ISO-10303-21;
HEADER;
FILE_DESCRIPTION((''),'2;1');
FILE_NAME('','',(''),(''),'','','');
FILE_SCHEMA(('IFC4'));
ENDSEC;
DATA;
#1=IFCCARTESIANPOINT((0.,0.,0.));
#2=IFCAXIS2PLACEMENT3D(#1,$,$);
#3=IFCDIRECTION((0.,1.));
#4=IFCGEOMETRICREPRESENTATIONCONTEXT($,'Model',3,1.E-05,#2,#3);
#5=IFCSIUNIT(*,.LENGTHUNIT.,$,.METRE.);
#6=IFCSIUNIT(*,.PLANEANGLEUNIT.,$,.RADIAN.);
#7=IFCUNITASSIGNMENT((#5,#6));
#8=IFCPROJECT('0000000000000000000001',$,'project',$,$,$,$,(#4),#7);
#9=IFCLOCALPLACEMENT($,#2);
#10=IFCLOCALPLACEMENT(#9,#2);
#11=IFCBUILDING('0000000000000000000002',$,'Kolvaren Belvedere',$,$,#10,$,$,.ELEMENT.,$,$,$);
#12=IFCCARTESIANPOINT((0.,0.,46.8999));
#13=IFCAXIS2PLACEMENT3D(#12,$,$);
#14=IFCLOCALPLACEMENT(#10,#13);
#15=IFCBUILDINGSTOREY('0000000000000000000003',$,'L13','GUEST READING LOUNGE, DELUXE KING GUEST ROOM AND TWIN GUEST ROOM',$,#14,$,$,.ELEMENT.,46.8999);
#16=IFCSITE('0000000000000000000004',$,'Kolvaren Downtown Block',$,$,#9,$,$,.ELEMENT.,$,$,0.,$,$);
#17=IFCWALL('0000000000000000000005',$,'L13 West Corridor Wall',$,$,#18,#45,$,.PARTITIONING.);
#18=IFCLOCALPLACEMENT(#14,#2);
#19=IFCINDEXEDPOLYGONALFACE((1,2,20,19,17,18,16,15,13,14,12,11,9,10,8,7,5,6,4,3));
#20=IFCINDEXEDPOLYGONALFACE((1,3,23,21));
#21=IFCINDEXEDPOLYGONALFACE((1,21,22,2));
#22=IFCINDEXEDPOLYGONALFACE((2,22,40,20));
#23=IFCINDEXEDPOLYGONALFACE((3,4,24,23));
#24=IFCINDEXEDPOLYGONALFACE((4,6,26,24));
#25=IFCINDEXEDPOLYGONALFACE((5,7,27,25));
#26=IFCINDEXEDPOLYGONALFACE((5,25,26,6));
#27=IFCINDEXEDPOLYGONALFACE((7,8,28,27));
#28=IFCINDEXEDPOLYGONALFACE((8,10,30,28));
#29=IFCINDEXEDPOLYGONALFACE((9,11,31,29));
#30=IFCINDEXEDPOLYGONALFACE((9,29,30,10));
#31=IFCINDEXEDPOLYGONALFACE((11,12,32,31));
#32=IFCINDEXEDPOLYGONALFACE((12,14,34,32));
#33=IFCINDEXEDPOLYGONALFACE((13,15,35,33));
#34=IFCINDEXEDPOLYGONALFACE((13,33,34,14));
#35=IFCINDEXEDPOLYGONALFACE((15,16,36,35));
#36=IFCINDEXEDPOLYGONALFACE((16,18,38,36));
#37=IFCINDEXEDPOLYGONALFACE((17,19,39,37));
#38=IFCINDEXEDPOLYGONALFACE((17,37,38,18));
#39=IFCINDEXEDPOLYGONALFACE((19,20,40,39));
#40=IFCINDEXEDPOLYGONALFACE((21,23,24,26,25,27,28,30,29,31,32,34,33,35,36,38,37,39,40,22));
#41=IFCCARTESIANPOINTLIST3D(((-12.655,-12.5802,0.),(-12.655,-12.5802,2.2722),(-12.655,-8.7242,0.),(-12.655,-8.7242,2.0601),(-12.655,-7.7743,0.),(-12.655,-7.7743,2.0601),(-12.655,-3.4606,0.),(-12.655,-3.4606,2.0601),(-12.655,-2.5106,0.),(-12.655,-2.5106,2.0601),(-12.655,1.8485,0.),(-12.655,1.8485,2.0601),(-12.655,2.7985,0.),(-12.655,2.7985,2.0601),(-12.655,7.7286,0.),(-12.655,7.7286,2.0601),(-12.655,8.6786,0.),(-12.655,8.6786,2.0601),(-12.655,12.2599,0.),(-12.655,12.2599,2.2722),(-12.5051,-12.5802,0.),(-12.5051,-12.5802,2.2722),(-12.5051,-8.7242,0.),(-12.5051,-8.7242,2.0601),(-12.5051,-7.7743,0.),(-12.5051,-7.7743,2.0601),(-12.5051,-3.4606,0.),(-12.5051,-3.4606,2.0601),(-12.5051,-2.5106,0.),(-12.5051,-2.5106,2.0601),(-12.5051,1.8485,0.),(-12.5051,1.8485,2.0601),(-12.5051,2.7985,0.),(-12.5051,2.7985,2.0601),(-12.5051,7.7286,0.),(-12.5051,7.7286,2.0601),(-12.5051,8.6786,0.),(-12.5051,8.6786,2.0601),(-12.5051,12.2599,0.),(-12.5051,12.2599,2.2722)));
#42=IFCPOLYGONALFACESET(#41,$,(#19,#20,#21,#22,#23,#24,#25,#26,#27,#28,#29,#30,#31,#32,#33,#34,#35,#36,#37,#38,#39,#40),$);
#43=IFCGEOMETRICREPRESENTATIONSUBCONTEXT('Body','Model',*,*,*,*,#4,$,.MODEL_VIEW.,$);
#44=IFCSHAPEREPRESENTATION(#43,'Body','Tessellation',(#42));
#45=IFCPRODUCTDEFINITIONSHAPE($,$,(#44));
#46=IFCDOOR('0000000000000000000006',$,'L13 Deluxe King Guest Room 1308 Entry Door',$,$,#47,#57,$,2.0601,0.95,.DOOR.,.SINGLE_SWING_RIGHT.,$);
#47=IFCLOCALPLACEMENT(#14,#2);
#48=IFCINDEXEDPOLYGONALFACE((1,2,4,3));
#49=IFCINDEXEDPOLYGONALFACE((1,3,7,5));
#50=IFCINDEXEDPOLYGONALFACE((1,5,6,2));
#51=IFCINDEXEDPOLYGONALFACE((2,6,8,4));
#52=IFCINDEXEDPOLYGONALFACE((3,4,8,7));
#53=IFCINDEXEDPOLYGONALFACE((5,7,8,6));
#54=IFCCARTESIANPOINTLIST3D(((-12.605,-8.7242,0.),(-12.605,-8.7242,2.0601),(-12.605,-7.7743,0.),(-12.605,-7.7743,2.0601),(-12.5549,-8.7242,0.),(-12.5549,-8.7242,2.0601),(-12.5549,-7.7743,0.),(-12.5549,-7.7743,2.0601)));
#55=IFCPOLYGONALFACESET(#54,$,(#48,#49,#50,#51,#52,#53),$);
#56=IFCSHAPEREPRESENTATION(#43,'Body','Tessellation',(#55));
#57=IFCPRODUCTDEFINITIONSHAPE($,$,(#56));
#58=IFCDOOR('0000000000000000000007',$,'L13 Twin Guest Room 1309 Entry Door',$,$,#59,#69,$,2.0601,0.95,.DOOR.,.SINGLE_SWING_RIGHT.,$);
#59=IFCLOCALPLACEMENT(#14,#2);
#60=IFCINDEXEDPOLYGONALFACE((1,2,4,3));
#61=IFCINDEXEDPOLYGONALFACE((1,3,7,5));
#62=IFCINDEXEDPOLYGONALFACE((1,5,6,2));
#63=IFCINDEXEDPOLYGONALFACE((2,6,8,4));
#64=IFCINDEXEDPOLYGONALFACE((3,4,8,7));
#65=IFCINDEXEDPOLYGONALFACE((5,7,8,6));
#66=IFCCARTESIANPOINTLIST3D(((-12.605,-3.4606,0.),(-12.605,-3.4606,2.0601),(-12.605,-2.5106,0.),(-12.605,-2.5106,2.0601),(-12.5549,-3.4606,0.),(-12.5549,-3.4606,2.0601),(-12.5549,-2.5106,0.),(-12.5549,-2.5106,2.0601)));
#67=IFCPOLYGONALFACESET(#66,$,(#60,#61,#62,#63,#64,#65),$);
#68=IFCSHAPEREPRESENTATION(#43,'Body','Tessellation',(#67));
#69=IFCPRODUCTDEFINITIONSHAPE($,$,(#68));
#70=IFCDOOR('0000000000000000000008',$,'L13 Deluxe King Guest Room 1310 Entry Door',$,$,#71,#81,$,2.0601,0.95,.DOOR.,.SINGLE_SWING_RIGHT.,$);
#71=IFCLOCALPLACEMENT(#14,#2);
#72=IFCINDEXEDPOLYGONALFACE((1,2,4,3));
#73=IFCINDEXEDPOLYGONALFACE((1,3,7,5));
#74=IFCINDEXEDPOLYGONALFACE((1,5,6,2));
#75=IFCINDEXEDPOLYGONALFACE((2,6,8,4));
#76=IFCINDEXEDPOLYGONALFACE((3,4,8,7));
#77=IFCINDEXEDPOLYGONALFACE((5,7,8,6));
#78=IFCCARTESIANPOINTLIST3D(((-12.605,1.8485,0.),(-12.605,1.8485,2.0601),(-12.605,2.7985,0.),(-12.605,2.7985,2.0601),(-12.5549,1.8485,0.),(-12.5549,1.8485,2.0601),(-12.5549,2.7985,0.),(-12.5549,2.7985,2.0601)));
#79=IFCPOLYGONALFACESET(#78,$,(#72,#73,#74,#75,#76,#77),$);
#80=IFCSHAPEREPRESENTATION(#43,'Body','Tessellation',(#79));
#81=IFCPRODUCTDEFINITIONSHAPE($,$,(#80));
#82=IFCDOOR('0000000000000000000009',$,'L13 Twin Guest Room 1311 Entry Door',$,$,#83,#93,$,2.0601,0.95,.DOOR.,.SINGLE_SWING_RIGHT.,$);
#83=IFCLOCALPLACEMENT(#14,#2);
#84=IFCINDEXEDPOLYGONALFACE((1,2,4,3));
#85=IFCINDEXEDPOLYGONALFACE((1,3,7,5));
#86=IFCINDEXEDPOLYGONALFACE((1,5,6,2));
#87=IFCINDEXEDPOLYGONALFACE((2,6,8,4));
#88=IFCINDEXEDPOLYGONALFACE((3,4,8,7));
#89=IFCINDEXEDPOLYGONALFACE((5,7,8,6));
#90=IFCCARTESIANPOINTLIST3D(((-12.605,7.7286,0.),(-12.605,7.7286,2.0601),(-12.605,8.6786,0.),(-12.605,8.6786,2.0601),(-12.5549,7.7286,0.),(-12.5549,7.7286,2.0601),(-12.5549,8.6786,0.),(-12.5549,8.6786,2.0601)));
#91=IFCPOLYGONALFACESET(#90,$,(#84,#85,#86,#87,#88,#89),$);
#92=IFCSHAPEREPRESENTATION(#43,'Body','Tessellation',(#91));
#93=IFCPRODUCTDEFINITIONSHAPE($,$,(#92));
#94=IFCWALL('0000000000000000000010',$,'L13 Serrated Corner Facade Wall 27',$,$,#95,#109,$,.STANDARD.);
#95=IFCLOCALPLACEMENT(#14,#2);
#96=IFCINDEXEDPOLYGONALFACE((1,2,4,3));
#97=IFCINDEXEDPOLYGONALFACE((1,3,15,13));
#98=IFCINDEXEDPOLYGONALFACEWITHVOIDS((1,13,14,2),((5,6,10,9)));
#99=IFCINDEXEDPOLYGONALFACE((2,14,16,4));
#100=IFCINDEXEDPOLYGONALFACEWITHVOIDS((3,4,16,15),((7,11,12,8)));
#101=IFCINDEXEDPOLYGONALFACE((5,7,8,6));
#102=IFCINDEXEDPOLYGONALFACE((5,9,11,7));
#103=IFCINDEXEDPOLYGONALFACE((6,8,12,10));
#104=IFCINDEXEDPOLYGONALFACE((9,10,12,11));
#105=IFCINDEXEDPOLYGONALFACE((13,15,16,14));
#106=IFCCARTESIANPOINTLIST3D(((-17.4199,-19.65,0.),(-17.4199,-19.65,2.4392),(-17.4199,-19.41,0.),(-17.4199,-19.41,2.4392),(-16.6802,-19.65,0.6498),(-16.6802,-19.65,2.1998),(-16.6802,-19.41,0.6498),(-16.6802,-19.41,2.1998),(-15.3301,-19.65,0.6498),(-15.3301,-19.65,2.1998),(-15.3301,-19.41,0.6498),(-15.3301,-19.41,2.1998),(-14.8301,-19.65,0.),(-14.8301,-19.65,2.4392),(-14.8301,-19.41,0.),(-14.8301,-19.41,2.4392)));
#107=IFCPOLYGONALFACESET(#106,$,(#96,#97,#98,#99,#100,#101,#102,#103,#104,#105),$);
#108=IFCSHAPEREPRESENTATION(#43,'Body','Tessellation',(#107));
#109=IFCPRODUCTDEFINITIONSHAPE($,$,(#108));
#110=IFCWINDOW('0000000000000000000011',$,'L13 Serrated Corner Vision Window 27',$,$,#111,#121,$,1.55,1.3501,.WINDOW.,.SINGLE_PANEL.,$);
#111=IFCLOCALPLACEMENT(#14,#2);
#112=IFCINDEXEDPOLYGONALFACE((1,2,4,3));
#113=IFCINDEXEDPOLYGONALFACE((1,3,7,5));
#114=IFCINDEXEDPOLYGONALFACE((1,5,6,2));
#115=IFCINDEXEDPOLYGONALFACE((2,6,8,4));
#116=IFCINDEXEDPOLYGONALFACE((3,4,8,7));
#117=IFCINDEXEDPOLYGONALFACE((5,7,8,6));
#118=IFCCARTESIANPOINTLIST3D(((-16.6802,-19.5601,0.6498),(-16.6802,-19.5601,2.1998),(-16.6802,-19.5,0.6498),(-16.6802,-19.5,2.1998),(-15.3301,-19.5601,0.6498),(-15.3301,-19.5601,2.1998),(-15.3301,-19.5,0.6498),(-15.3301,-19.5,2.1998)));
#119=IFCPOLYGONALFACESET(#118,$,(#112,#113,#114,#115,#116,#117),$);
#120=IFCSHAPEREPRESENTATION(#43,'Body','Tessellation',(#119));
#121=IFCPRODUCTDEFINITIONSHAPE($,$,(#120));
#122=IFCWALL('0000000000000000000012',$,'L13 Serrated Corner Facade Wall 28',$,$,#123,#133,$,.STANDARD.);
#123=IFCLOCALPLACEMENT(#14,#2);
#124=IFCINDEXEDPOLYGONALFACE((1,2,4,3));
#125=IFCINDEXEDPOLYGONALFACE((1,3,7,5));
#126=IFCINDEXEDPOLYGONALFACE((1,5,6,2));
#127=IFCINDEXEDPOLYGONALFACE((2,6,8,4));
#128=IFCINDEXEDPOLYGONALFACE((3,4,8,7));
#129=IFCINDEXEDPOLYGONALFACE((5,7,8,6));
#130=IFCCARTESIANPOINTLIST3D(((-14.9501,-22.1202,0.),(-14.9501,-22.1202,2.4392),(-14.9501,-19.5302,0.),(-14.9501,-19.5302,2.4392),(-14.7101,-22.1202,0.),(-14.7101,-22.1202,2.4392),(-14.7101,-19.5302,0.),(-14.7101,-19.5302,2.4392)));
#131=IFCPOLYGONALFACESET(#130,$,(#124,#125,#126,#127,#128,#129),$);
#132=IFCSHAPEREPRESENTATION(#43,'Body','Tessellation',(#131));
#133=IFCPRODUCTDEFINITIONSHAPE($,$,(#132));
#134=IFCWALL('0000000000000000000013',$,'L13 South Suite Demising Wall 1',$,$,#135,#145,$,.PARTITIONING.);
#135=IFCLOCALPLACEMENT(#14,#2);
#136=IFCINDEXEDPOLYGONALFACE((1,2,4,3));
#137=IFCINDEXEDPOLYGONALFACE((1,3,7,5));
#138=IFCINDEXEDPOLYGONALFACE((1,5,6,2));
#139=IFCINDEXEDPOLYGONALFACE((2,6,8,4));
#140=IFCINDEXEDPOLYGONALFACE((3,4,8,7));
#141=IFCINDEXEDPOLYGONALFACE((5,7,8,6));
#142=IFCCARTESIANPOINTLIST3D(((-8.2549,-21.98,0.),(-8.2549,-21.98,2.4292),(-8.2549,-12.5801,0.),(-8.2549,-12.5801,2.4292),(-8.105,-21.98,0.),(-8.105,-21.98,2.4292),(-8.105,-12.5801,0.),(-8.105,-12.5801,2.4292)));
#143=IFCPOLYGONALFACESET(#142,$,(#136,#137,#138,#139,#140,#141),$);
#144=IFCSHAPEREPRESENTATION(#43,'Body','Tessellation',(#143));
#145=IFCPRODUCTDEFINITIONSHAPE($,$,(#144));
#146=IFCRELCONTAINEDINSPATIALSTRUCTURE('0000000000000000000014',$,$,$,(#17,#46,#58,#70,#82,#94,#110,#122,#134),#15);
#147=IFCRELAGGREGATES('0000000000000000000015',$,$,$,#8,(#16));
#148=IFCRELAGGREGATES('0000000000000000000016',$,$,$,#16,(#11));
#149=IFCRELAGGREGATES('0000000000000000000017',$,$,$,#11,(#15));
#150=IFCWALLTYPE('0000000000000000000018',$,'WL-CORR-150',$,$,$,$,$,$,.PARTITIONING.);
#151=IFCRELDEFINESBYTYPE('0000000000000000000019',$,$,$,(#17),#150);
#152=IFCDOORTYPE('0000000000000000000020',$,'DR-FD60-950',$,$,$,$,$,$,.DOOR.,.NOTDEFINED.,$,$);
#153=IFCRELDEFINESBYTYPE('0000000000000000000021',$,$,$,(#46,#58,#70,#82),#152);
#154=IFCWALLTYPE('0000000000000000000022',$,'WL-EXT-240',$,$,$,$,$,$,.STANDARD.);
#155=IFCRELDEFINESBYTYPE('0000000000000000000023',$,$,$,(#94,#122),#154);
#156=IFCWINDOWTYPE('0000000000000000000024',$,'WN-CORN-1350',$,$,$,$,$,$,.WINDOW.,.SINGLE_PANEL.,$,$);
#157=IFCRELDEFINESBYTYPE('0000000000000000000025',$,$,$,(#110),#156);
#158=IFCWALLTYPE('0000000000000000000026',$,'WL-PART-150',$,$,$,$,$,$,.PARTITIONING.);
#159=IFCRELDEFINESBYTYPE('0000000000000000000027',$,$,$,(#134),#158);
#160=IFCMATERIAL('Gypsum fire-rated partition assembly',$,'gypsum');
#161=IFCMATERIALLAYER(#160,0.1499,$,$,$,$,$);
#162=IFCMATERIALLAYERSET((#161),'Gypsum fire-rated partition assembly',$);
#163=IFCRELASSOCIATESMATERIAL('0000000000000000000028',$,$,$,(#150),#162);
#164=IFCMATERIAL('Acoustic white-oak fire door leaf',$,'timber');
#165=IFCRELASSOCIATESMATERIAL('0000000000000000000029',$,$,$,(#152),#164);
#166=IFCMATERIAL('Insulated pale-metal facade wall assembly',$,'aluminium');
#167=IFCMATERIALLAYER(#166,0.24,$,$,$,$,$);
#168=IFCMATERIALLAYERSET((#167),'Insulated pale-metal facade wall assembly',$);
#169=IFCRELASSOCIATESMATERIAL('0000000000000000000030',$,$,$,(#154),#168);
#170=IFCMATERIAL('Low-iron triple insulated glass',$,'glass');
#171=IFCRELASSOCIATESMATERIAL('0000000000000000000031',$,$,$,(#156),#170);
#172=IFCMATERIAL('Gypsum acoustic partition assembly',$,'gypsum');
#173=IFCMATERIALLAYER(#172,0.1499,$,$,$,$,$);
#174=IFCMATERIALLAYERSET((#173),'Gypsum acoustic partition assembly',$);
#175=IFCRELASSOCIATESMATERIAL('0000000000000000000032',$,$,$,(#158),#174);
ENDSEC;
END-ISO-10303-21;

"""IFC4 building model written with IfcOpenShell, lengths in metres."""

from ifc_helpers import new_model, si_unit, direction, frame, frame_2d, origin, place, context, subcontext, project, spatial, rectangle, extrude, material, layer, layer_set, type_object, element, fill, save


model = new_model("IFC4")

# Units and contexts
model_context = context("Model", 3, precision=1e-05, world=origin(), true_north=direction((0.0, 1.0)))
body_context = subcontext(model_context, "Body", "Model", "MODEL_VIEW")
ifc_project = project(units=[si_unit("LENGTHUNIT", "METRE"), si_unit("PLANEANGLEUNIT", "RADIAN")], contexts=[model_context])

# Site, building, storey
site_placement = place(None, origin())
site = spatial("IfcSite", under=ifc_project, at=site_placement, Name="Kolvaren Downtown Block", CompositionType="ELEMENT", RefElevation=0.0)
building_placement = place(site_placement, origin())
building = spatial("IfcBuilding", under=site, at=building_placement, Name="Kolvaren Belvedere", CompositionType="ELEMENT")
storey_placement = place(building_placement, frame((0.0, 0.0, 46.8999)))
storey = spatial("IfcBuildingStorey", under=building, at=storey_placement, Name="L13", Description="GUEST READING LOUNGE, DELUXE KING GUEST ROOM AND TWIN GUEST ROOM", CompositionType="ELEMENT", Elevation=46.8999)

# Wall, openings, doors
ifc_material_1 = material(Name="Gypsum fire-rated partition assembly", Category="gypsum")
ifc_layer_1 = layer(ifc_material_1, 0.1499)
ifc_layer_set_1 = layer_set([ifc_layer_1], Name="Gypsum fire-rated partition assembly")
wall_type_1 = type_object("IfcWallType", Name="WL-CORR-150", PredefinedType="PARTITIONING", material=ifc_layer_set_1)
wall_1_placement = place(storey_placement, frame((-12.5801, -12.5801, 0.0), z_axis=(0.0, 0.0, 1.0), x_axis=(0.0, 1.0, 0.0)))
wall_1 = element("IfcWall", 1, at=wall_1_placement, inside=storey, type_object=wall_type_1, Name="L13 West Corridor Wall", PredefinedType="PARTITIONING", context=body_context, shape_type="SweptSolid", body=[
    extrude(rectangle(XDim=24.8401, YDim=0.1499, at=frame_2d((12.4199, 0.0))), origin(), (0.0, 0.0, 1.0), 2.2722),
])
opening_1_placement = place(wall_1_placement, frame((3.8557, 0.0, 0.0)))
opening_1 = element("IfcOpeningElement", 2, at=opening_1_placement, cuts=wall_1, PredefinedType="OPENING", context=body_context, shape_type="SweptSolid", body=[
    extrude(rectangle(XDim=0.95, YDim=2.0601, at=frame_2d((0.4751, 1.03))), frame((0.0, 0.085, 0.0), z_axis=(0.0, -1.0, 0.0), x_axis=(1.0, 0.0, 0.0)), (0.0, 0.0, 1.0), 0.1699),
])
opening_2_placement = place(wall_1_placement, frame((9.1194, 0.0, 0.0)))
opening_2 = element("IfcOpeningElement", 3, at=opening_2_placement, cuts=wall_1, PredefinedType="OPENING", context=body_context, shape_type="SweptSolid", body=[
    extrude(rectangle(XDim=0.95, YDim=2.0601, at=frame_2d((0.4751, 1.03))), frame((0.0, 0.085, 0.0), z_axis=(0.0, -1.0, 0.0), x_axis=(1.0, 0.0, 0.0)), (0.0, 0.0, 1.0), 0.1699),
])
opening_3_placement = place(wall_1_placement, frame((14.4285, 0.0, 0.0)))
opening_3 = element("IfcOpeningElement", 4, at=opening_3_placement, cuts=wall_1, PredefinedType="OPENING", context=body_context, shape_type="SweptSolid", body=[
    extrude(rectangle(XDim=0.95, YDim=2.0601, at=frame_2d((0.4751, 1.03))), frame((0.0, 0.085, 0.0), z_axis=(0.0, -1.0, 0.0), x_axis=(1.0, 0.0, 0.0)), (0.0, 0.0, 1.0), 0.1699),
])
opening_4_placement = place(wall_1_placement, frame((20.3086, 0.0, 0.0)))
opening_4 = element("IfcOpeningElement", 5, at=opening_4_placement, cuts=wall_1, PredefinedType="OPENING", context=body_context, shape_type="SweptSolid", body=[
    extrude(rectangle(XDim=0.95, YDim=2.0601, at=frame_2d((0.4751, 1.03))), frame((0.0, 0.085, 0.0), z_axis=(0.0, -1.0, 0.0), x_axis=(1.0, 0.0, 0.0)), (0.0, 0.0, 1.0), 0.1699),
])
ifc_material_2 = material(Name="Acoustic white-oak fire door leaf", Category="timber")
door_type_1 = type_object("IfcDoorType", Name="DR-FD60-950", OperationType="NOTDEFINED", PredefinedType="DOOR", material=ifc_material_2)
door_1_placement = place(opening_1_placement, origin())
door_1 = element("IfcDoor", 6, at=door_1_placement, inside=storey, type_object=door_type_1, Name="L13 Deluxe King Guest Room 1308 Entry Door", OperationType="SINGLE_SWING_RIGHT", OverallHeight=2.0601, OverallWidth=0.95, PredefinedType="DOOR", context=body_context, shape_type="SweptSolid", body=[
    extrude(rectangle(XDim=0.95, YDim=2.0601, at=frame_2d((0.4751, 1.03))), frame((0.0, 0.0249, 0.0), z_axis=(0.0, -1.0, 0.0), x_axis=(1.0, 0.0, 0.0)), (0.0, 0.0, 1.0), 0.05),
])
fill(opening_1, door_1)
door_2_placement = place(opening_2_placement, origin())
door_2 = element("IfcDoor", 7, at=door_2_placement, inside=storey, type_object=door_type_1, Name="L13 Twin Guest Room 1309 Entry Door", OperationType="SINGLE_SWING_RIGHT", OverallHeight=2.0601, OverallWidth=0.95, PredefinedType="DOOR", context=body_context, shape_type="SweptSolid", body=[
    extrude(rectangle(XDim=0.95, YDim=2.0601, at=frame_2d((0.4751, 1.03))), frame((0.0, 0.0249, 0.0), z_axis=(0.0, -1.0, 0.0), x_axis=(1.0, 0.0, 0.0)), (0.0, 0.0, 1.0), 0.05),
])
fill(opening_2, door_2)
door_3_placement = place(opening_3_placement, origin())
door_3 = element("IfcDoor", 8, at=door_3_placement, inside=storey, type_object=door_type_1, Name="L13 Deluxe King Guest Room 1310 Entry Door", OperationType="SINGLE_SWING_RIGHT", OverallHeight=2.0601, OverallWidth=0.95, PredefinedType="DOOR", context=body_context, shape_type="SweptSolid", body=[
    extrude(rectangle(XDim=0.95, YDim=2.0601, at=frame_2d((0.4751, 1.03))), frame((0.0, 0.0249, 0.0), z_axis=(0.0, -1.0, 0.0), x_axis=(1.0, 0.0, 0.0)), (0.0, 0.0, 1.0), 0.05),
])
fill(opening_3, door_3)
door_4_placement = place(opening_4_placement, origin())
door_4 = element("IfcDoor", 9, at=door_4_placement, inside=storey, type_object=door_type_1, Name="L13 Twin Guest Room 1311 Entry Door", OperationType="SINGLE_SWING_RIGHT", OverallHeight=2.0601, OverallWidth=0.95, PredefinedType="DOOR", context=body_context, shape_type="SweptSolid", body=[
    extrude(rectangle(XDim=0.95, YDim=2.0601, at=frame_2d((0.4751, 1.03))), frame((0.0, 0.0249, 0.0), z_axis=(0.0, -1.0, 0.0), x_axis=(1.0, 0.0, 0.0)), (0.0, 0.0, 1.0), 0.05),
])
fill(opening_4, door_4)

# Wall, opening, window
ifc_material_3 = material(Name="Insulated pale-metal facade wall assembly", Category="aluminium")
ifc_layer_2 = layer(ifc_material_3, 0.24)
ifc_layer_set_2 = layer_set([ifc_layer_2], Name="Insulated pale-metal facade wall assembly")
wall_type_2 = type_object("IfcWallType", Name="WL-EXT-240", PredefinedType="STANDARD", material=ifc_layer_set_2)
wall_2_placement = place(storey_placement, frame((-14.8301, -19.53, 0.0), z_axis=(0.0, 0.0, 1.0), x_axis=(-1.0, 0.0, 0.0)))
wall_2 = element("IfcWall", 10, at=wall_2_placement, inside=storey, type_object=wall_type_2, Name="L13 Serrated Corner Facade Wall 27", PredefinedType="STANDARD", context=body_context, shape_type="SweptSolid", body=[
    extrude(rectangle(XDim=2.5898, YDim=0.24, at=frame_2d((1.2949, 0.0))), origin(), (0.0, 0.0, 1.0), 2.4392),
])
opening_5_placement = place(wall_2_placement, frame((0.5, 0.0, 0.6499)))
opening_5 = element("IfcOpeningElement", 11, at=opening_5_placement, cuts=wall_2, PredefinedType="OPENING", context=body_context, shape_type="SweptSolid", body=[
    extrude(rectangle(XDim=1.3501, YDim=1.55, at=frame_2d((0.675, 0.7749))), frame((0.0, 0.1299, 0.0), z_axis=(0.0, -1.0, 0.0), x_axis=(1.0, 0.0, 0.0)), (0.0, 0.0, 1.0), 0.26),
])
ifc_material_4 = material(Name="Low-iron triple insulated glass", Category="glass")
window_type = type_object("IfcWindowType", Name="WN-CORN-1350", PartitioningType="SINGLE_PANEL", PredefinedType="WINDOW", material=ifc_material_4)
window_placement = place(opening_5_placement, origin())
window = element("IfcWindow", 12, at=window_placement, inside=storey, type_object=window_type, Name="L13 Serrated Corner Vision Window 27", OverallHeight=1.55, OverallWidth=1.3501, PartitioningType="SINGLE_PANEL", PredefinedType="WINDOW", context=body_context, shape_type="SweptSolid", body=[
    extrude(rectangle(XDim=1.3501, YDim=1.55, at=frame_2d((0.675, 0.7749))), frame((0.0, 0.03, 0.0), z_axis=(0.0, -1.0, 0.0), x_axis=(1.0, 0.0, 0.0)), (0.0, 0.0, 1.0), 0.0601),
])
fill(opening_5, window)

# Walls
wall_3_placement = place(storey_placement, frame((-14.8301, -22.1201, 0.0), z_axis=(0.0, 0.0, 1.0), x_axis=(0.0, 1.0, 0.0)))
element("IfcWall", 13, at=wall_3_placement, inside=storey, type_object=wall_type_2, Name="L13 Serrated Corner Facade Wall 28", PredefinedType="STANDARD", context=body_context, shape_type="SweptSolid", body=[
    extrude(rectangle(XDim=2.5901, YDim=0.24, at=frame_2d((1.2949, 0.0))), origin(), (0.0, 0.0, 1.0), 2.4392),
])
ifc_material_5 = material(Name="Gypsum acoustic partition assembly", Category="gypsum")
ifc_layer_3 = layer(ifc_material_5, 0.1499)
ifc_layer_set_3 = layer_set([ifc_layer_3], Name="Gypsum acoustic partition assembly")
wall_type_3 = type_object("IfcWallType", Name="WL-PART-150", PredefinedType="PARTITIONING", material=ifc_layer_set_3)
wall_4_placement = place(storey_placement, frame((-8.1799, -21.98, 0.0), z_axis=(0.0, 0.0, 1.0), x_axis=(0.0, 1.0, 0.0)))
element("IfcWall", 14, at=wall_4_placement, inside=storey, type_object=wall_type_3, Name="L13 South Suite Demising Wall 1", PredefinedType="PARTITIONING", context=body_context, shape_type="SweptSolid", body=[
    extrude(rectangle(XDim=9.3999, YDim=0.1499, at=frame_2d((4.7, 0.0))), origin(), (0.0, 0.0, 1.0), 2.4292),
])

save(model, "model.ifc")
